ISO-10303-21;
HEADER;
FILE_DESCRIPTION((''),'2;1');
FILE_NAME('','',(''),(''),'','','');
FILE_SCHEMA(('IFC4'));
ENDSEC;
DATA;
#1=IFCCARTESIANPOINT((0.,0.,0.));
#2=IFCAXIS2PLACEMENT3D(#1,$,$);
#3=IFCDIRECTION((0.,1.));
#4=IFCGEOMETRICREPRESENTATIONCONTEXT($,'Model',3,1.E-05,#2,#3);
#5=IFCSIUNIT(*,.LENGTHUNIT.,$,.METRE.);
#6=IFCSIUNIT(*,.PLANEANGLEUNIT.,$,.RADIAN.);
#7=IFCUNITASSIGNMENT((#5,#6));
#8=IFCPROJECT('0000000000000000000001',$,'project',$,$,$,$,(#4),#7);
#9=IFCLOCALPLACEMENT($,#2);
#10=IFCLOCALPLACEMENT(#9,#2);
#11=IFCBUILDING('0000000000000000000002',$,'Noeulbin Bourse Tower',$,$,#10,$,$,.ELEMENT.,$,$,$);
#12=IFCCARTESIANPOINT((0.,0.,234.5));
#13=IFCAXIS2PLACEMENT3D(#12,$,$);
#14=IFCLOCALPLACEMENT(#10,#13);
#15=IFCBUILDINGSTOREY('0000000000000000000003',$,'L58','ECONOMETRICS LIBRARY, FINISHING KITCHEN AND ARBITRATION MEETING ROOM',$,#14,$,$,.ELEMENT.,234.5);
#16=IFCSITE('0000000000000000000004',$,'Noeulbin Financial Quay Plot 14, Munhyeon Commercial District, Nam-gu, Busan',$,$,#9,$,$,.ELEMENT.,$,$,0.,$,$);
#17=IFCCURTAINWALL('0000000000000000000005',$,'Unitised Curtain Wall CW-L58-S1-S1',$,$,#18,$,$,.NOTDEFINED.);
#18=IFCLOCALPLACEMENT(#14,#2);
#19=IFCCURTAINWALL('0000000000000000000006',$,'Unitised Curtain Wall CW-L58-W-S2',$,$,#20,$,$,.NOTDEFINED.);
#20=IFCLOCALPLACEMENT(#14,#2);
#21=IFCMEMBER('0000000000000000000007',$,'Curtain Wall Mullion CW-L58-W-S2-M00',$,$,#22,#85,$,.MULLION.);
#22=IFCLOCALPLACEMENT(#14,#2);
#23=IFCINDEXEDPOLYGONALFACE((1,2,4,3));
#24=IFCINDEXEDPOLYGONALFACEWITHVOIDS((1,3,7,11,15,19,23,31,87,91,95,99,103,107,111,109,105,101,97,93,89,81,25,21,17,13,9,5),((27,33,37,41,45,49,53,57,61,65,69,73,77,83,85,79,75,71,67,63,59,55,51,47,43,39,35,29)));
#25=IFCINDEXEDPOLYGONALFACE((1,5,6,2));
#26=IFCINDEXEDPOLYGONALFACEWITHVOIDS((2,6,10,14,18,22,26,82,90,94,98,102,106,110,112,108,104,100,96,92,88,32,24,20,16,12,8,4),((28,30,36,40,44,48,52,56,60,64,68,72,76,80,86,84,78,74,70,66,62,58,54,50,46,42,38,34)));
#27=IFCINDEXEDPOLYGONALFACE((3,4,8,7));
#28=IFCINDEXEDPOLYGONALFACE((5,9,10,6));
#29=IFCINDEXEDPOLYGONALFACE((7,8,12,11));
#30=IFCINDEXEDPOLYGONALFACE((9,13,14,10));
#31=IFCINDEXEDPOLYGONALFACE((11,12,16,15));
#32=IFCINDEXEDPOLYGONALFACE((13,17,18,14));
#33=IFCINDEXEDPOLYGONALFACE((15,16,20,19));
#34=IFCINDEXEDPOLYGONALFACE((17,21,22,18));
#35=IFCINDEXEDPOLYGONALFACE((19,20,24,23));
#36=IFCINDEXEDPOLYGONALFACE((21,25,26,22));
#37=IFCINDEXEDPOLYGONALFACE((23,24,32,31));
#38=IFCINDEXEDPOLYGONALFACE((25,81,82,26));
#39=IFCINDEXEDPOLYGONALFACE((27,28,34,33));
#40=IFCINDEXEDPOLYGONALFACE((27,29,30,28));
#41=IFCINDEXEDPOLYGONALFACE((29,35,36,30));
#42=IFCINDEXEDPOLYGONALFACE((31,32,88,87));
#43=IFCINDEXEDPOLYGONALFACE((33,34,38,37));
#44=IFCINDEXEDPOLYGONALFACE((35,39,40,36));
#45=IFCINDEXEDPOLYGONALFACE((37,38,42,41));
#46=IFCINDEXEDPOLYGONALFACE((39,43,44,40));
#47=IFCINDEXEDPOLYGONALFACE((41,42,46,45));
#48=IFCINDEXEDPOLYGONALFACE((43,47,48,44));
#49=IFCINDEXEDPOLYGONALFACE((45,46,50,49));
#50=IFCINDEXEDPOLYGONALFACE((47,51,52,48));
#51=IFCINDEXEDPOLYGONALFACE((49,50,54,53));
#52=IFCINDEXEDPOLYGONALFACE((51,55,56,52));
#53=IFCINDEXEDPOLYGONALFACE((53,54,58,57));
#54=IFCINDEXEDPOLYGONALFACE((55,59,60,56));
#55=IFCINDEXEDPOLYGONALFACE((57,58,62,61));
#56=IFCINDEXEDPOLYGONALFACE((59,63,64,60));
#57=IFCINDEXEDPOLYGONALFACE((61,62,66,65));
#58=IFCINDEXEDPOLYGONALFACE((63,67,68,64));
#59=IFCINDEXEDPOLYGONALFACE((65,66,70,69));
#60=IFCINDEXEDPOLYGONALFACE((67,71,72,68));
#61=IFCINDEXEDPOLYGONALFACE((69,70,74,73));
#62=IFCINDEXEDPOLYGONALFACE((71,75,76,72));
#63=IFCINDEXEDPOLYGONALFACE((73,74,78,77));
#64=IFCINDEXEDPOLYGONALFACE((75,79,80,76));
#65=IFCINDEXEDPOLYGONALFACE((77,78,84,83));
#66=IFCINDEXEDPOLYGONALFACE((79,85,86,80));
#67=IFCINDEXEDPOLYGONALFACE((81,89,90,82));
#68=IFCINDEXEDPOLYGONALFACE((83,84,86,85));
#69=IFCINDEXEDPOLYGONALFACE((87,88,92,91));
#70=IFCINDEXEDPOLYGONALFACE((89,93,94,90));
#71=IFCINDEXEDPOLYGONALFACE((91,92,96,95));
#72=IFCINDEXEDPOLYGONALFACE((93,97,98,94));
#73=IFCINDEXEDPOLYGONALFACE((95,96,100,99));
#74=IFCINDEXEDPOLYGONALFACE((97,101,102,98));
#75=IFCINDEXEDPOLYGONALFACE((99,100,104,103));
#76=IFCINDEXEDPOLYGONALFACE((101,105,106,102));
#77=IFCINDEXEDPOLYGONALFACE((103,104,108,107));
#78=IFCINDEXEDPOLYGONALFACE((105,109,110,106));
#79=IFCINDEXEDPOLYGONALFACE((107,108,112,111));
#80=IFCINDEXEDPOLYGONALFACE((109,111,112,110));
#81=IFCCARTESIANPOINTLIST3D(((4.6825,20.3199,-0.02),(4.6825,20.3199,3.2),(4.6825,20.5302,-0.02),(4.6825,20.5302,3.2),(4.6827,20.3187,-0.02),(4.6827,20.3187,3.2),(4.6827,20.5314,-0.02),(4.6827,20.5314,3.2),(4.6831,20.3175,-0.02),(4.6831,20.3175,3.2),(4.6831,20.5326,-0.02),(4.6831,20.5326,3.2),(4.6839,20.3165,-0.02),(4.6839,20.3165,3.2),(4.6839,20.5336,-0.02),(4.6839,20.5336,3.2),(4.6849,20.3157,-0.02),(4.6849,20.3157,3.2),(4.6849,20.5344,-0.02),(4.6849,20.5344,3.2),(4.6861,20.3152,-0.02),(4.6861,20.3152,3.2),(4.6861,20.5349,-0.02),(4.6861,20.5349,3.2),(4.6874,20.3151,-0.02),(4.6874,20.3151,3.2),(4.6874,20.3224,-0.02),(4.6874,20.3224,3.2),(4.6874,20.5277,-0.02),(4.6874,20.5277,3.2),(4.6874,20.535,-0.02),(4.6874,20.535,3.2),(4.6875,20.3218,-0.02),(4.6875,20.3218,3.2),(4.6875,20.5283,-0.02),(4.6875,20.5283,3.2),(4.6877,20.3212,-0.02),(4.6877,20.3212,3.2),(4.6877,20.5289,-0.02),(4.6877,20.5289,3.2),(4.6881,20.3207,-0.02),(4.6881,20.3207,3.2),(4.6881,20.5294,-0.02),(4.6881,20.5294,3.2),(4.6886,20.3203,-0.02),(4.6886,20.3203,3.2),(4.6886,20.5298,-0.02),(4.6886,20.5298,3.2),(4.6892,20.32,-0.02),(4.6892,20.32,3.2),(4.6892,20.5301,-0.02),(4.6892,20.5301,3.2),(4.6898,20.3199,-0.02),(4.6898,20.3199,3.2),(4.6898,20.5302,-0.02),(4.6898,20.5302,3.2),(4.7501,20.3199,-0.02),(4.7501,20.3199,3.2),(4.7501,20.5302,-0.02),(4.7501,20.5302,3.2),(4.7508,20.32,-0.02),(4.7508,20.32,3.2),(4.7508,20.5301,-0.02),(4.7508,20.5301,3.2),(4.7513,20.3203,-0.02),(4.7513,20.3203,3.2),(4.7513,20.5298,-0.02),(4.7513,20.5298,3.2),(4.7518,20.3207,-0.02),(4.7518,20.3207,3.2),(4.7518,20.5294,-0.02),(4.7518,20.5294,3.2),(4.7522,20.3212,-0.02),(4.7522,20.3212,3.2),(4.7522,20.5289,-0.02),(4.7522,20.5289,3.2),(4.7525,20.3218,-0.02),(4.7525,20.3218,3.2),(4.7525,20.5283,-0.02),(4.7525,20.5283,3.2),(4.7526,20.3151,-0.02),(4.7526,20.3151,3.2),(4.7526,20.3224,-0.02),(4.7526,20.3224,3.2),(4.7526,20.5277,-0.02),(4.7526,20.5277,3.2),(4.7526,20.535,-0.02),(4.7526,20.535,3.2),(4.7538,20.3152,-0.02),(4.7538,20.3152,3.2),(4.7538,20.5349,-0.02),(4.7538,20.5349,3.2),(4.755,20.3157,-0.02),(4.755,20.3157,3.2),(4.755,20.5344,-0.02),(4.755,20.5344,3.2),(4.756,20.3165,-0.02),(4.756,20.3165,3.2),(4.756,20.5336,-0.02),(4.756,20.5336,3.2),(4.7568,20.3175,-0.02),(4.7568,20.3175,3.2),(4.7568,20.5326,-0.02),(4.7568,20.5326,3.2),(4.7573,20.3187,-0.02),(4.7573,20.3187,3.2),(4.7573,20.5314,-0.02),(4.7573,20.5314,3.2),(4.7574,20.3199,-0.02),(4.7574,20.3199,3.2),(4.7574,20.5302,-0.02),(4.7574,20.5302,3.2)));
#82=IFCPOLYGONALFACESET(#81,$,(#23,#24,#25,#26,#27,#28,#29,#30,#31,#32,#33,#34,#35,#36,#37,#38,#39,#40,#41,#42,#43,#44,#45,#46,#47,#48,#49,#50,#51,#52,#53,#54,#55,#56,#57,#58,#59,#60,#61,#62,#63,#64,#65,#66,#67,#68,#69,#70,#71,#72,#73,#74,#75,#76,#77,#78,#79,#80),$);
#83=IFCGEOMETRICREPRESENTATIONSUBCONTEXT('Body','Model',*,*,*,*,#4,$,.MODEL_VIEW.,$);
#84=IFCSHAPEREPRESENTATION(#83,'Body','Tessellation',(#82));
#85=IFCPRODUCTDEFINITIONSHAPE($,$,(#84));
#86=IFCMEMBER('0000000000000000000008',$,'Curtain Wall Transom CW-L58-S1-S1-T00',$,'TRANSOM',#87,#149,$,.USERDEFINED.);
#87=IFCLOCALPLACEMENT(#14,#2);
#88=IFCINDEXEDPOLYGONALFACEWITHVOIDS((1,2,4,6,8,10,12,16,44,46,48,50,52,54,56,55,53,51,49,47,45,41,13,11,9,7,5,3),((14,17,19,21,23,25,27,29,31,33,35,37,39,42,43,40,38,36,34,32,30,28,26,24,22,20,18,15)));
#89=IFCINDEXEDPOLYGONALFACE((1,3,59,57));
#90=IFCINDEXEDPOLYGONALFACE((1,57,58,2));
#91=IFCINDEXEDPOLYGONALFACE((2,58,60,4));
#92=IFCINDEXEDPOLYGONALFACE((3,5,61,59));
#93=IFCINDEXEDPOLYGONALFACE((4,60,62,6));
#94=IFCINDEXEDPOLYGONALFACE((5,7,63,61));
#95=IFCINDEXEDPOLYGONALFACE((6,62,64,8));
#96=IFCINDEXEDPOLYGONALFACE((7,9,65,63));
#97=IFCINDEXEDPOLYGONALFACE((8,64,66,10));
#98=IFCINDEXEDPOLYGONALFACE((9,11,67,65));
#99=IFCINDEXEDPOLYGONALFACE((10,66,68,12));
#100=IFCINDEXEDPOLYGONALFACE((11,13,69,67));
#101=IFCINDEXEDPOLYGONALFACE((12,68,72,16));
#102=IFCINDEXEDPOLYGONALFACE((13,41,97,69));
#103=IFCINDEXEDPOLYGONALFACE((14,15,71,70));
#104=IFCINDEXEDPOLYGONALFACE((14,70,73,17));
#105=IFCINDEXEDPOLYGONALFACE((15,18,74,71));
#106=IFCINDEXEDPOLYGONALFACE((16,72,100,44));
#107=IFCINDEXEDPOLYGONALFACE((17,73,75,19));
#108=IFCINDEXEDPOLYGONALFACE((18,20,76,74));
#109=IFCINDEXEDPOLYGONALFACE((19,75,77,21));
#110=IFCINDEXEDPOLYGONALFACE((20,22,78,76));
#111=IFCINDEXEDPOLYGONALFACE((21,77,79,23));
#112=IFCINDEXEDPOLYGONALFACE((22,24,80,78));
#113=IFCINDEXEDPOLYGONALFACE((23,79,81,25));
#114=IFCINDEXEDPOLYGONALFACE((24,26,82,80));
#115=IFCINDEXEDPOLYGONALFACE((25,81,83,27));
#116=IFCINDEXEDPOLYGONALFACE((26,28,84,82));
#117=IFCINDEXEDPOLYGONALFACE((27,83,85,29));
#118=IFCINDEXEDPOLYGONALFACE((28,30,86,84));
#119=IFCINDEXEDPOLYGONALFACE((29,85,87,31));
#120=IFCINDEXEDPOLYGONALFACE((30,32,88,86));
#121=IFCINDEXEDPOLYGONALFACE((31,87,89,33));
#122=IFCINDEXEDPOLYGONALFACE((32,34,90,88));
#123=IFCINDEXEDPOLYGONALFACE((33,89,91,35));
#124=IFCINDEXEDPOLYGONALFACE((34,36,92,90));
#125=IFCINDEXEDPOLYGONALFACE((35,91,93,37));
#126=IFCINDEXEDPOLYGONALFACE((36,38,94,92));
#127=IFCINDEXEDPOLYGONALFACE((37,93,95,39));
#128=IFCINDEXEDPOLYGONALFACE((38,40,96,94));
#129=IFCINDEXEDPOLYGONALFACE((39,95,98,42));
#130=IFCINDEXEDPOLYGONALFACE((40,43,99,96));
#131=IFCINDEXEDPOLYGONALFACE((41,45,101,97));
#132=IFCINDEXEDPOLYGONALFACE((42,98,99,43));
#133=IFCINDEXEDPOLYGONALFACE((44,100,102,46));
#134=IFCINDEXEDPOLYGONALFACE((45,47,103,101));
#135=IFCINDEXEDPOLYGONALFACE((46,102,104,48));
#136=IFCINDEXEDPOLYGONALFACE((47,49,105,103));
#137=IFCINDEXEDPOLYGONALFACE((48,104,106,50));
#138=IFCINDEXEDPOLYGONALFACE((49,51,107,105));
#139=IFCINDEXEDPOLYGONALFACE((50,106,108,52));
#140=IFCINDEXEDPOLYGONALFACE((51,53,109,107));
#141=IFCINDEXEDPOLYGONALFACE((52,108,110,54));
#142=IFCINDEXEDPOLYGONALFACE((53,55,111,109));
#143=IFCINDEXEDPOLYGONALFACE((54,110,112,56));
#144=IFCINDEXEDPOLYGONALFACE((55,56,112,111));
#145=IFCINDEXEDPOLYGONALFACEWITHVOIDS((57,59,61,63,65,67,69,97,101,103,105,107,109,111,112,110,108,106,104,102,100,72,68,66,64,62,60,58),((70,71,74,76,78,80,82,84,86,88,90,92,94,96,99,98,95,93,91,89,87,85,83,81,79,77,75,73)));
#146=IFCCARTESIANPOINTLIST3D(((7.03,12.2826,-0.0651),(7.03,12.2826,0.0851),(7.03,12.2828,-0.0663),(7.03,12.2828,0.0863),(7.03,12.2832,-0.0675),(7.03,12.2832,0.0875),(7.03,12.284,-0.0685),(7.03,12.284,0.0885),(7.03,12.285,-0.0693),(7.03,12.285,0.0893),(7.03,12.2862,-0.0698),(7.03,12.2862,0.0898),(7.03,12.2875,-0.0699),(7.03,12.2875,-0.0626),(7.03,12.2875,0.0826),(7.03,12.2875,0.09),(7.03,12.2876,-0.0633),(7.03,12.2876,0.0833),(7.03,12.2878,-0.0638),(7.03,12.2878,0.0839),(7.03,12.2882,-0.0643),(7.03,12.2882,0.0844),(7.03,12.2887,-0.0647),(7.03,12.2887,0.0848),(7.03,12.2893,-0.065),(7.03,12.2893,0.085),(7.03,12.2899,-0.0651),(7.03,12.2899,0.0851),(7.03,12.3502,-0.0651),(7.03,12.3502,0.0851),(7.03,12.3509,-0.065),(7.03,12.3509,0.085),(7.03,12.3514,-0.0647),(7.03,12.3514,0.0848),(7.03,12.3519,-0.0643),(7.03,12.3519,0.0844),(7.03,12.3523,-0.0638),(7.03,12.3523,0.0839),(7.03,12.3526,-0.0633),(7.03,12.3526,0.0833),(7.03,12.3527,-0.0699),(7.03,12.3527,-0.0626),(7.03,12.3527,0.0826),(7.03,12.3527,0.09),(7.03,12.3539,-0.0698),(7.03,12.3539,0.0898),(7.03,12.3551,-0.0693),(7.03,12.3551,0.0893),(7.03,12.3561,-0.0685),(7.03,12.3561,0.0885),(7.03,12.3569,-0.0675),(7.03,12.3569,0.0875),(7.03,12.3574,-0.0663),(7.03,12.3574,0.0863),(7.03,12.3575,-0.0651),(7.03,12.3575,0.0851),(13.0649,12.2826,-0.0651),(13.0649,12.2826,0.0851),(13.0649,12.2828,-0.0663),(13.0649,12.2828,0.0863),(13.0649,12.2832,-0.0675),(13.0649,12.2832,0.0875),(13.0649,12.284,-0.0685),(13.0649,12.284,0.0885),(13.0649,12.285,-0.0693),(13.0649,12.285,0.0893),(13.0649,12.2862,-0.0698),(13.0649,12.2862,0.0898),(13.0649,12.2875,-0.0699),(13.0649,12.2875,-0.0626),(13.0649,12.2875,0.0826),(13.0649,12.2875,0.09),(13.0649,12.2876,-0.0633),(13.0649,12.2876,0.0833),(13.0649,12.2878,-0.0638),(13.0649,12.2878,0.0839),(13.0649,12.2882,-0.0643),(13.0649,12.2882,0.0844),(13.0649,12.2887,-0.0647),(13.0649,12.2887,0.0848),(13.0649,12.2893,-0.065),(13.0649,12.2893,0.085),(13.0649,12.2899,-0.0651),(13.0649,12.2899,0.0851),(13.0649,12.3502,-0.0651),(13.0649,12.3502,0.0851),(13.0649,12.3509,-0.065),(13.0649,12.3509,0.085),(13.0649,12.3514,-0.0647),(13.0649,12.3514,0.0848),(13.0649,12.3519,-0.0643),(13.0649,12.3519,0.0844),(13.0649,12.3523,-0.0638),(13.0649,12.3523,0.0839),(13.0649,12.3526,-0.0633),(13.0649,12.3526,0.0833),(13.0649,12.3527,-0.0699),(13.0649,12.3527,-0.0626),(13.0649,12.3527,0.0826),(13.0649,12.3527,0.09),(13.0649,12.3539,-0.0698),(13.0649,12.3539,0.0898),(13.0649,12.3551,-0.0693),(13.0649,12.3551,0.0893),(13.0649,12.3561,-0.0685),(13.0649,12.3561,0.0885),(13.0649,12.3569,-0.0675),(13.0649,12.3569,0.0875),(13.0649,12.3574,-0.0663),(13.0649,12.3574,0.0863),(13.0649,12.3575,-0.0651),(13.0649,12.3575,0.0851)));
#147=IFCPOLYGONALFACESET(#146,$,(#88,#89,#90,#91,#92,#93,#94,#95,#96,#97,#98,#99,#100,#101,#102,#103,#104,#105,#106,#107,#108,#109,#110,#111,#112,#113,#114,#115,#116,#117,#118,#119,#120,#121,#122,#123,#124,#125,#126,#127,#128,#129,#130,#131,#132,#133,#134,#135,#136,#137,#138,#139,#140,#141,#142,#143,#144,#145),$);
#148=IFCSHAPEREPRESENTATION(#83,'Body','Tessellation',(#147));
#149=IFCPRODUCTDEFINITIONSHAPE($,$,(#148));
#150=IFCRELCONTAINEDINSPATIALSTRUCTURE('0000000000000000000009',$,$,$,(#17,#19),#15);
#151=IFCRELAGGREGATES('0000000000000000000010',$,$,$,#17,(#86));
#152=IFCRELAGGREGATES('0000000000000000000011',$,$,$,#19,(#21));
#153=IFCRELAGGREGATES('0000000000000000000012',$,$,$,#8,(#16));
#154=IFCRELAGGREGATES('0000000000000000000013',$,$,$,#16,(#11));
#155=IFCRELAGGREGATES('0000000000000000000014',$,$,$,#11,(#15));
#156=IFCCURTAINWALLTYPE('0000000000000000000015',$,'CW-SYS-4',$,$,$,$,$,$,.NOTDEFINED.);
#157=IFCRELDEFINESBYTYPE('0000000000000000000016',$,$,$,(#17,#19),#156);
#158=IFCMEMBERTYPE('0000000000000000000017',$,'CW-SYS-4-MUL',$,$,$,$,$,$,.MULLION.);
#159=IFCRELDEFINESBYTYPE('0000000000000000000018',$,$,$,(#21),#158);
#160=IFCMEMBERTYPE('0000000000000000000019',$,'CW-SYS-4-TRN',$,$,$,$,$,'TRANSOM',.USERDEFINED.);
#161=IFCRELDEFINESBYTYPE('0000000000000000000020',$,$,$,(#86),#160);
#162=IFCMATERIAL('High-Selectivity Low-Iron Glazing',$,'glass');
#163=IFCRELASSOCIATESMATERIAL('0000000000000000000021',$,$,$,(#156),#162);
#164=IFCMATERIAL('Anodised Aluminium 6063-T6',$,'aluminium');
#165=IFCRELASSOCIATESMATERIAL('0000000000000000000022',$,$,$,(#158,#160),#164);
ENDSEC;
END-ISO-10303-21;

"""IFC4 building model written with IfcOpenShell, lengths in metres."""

from ifc_helpers import new_model, si_unit, direction, frame, origin, origin_2d, place, context, subcontext, project, spatial, hollow_rectangle, extrude, material, material_profile, profile_set, type_object, element, aggregate, save


model = new_model("IFC4")

# Units and contexts
model_context = context("Model", 3, precision=1e-05, world=origin(), true_north=direction((0.0, 1.0)))
body_context = subcontext(model_context, "Body", "Model", "MODEL_VIEW")
ifc_project = project(units=[si_unit("LENGTHUNIT", "METRE"), si_unit("PLANEANGLEUNIT", "RADIAN")], contexts=[model_context])

# Site, building, storey
site_placement = place(None, origin())
site = spatial("IfcSite", under=ifc_project, at=site_placement, Name="Noeulbin Financial Quay Plot 14, Munhyeon Commercial District, Nam-gu, Busan", CompositionType="ELEMENT", RefElevation=0.0)
building_placement = place(site_placement, origin())
building = spatial("IfcBuilding", under=site, at=building_placement, Name="Noeulbin Bourse Tower", CompositionType="ELEMENT")
storey_placement = place(building_placement, frame((0.0, 0.0, 234.5)))
storey = spatial("IfcBuildingStorey", under=building, at=storey_placement, Name="L58", Description="ECONOMETRICS LIBRARY, FINISHING KITCHEN AND ARBITRATION MEETING ROOM", CompositionType="ELEMENT", Elevation=234.5)

# Curtain wall
ifc_material_1 = material(Name="High-Selectivity Low-Iron Glazing", Category="glass")
curtain_wall_type = type_object("IfcCurtainWallType", Name="CW-SYS-4", PredefinedType="NOTDEFINED", material=ifc_material_1)
curtain_wall_1_placement = place(storey_placement, origin())
curtain_wall_1 = element("IfcCurtainWall", 1, at=curtain_wall_1_placement, inside=storey, type_object=curtain_wall_type, Name="Unitised Curtain Wall CW-L58-S1-S1", PredefinedType="NOTDEFINED")
ifc_material_2 = material(Name="Anodised Aluminium 6063-T6", Category="aluminium")
ifc_material_profile_1 = material_profile(ifc_material_2, hollow_rectangle(XDim=0.075, YDim=0.22, WallThickness=0.0049, InnerFilletRadius=0.0024, OuterFilletRadius=0.0049, at=origin_2d()), Name="ALU-MULL-75x220x5", Category="LoadBearing")
ifc_profile_set_1 = profile_set([ifc_material_profile_1], Name="Anodised Aluminium 6063-T6")
member_type_1 = type_object("IfcMemberType", Name="CW-SYS-4-MUL", PredefinedType="MULLION", material=ifc_profile_set_1)

# Curtain wall, member
curtain_wall_2_placement = place(storey_placement, origin())
curtain_wall_2 = element("IfcCurtainWall", 2, at=curtain_wall_2_placement, inside=storey, type_object=curtain_wall_type, Name="Unitised Curtain Wall CW-L58-W-S2", PredefinedType="NOTDEFINED")
member_1_placement = place(storey_placement, frame((4.72, 20.425, -0.02), z_axis=(0.0, 0.0, 1.0), x_axis=(1.0, 0.0, 0.0)))
member_1 = element("IfcMember", 3, at=member_1_placement, type_object=member_type_1, Name="Curtain Wall Mullion CW-L58-W-S2-M00", PredefinedType="MULLION", context=body_context, shape_type="SweptSolid", body=[
    extrude(hollow_rectangle(XDim=0.075, YDim=0.22, WallThickness=0.0049, InnerFilletRadius=0.0024, OuterFilletRadius=0.0049, at=origin_2d()), origin(), (0.0, 0.0, 1.0), 3.22),
])

# Member
ifc_material_profile_2 = material_profile(ifc_material_2, hollow_rectangle(XDim=0.075, YDim=0.1599, WallThickness=0.0049, InnerFilletRadius=0.0024, OuterFilletRadius=0.0049, at=origin_2d()), Name="ALU-TRAN-75x160x5", Category="LoadBearing")
ifc_profile_set_2 = profile_set([ifc_material_profile_2], Name="Anodised Aluminium 6063-T6")
member_type_2 = type_object("IfcMemberType", Name="CW-SYS-4-TRN", ElementType="TRANSOM", PredefinedType="USERDEFINED", material=ifc_profile_set_2)
member_2_placement = place(storey_placement, frame((7.03, 12.3201, 0.01), z_axis=(1.0, 0.0, 0.0), x_axis=(0.0, 1.0, 0.0)))
member_2 = element("IfcMember", 4, at=member_2_placement, type_object=member_type_2, Name="Curtain Wall Transom CW-L58-S1-S1-T00", ObjectType="TRANSOM", PredefinedType="USERDEFINED", context=body_context, shape_type="SweptSolid", body=[
    extrude(hollow_rectangle(XDim=0.075, YDim=0.1599, WallThickness=0.0049, InnerFilletRadius=0.0024, OuterFilletRadius=0.0049, at=origin_2d()), origin(), (0.0, 0.0, 1.0), 6.0349),
])

aggregate(curtain_wall_1, [member_2])
aggregate(curtain_wall_2, [member_1])

save(model, "model.ifc")
